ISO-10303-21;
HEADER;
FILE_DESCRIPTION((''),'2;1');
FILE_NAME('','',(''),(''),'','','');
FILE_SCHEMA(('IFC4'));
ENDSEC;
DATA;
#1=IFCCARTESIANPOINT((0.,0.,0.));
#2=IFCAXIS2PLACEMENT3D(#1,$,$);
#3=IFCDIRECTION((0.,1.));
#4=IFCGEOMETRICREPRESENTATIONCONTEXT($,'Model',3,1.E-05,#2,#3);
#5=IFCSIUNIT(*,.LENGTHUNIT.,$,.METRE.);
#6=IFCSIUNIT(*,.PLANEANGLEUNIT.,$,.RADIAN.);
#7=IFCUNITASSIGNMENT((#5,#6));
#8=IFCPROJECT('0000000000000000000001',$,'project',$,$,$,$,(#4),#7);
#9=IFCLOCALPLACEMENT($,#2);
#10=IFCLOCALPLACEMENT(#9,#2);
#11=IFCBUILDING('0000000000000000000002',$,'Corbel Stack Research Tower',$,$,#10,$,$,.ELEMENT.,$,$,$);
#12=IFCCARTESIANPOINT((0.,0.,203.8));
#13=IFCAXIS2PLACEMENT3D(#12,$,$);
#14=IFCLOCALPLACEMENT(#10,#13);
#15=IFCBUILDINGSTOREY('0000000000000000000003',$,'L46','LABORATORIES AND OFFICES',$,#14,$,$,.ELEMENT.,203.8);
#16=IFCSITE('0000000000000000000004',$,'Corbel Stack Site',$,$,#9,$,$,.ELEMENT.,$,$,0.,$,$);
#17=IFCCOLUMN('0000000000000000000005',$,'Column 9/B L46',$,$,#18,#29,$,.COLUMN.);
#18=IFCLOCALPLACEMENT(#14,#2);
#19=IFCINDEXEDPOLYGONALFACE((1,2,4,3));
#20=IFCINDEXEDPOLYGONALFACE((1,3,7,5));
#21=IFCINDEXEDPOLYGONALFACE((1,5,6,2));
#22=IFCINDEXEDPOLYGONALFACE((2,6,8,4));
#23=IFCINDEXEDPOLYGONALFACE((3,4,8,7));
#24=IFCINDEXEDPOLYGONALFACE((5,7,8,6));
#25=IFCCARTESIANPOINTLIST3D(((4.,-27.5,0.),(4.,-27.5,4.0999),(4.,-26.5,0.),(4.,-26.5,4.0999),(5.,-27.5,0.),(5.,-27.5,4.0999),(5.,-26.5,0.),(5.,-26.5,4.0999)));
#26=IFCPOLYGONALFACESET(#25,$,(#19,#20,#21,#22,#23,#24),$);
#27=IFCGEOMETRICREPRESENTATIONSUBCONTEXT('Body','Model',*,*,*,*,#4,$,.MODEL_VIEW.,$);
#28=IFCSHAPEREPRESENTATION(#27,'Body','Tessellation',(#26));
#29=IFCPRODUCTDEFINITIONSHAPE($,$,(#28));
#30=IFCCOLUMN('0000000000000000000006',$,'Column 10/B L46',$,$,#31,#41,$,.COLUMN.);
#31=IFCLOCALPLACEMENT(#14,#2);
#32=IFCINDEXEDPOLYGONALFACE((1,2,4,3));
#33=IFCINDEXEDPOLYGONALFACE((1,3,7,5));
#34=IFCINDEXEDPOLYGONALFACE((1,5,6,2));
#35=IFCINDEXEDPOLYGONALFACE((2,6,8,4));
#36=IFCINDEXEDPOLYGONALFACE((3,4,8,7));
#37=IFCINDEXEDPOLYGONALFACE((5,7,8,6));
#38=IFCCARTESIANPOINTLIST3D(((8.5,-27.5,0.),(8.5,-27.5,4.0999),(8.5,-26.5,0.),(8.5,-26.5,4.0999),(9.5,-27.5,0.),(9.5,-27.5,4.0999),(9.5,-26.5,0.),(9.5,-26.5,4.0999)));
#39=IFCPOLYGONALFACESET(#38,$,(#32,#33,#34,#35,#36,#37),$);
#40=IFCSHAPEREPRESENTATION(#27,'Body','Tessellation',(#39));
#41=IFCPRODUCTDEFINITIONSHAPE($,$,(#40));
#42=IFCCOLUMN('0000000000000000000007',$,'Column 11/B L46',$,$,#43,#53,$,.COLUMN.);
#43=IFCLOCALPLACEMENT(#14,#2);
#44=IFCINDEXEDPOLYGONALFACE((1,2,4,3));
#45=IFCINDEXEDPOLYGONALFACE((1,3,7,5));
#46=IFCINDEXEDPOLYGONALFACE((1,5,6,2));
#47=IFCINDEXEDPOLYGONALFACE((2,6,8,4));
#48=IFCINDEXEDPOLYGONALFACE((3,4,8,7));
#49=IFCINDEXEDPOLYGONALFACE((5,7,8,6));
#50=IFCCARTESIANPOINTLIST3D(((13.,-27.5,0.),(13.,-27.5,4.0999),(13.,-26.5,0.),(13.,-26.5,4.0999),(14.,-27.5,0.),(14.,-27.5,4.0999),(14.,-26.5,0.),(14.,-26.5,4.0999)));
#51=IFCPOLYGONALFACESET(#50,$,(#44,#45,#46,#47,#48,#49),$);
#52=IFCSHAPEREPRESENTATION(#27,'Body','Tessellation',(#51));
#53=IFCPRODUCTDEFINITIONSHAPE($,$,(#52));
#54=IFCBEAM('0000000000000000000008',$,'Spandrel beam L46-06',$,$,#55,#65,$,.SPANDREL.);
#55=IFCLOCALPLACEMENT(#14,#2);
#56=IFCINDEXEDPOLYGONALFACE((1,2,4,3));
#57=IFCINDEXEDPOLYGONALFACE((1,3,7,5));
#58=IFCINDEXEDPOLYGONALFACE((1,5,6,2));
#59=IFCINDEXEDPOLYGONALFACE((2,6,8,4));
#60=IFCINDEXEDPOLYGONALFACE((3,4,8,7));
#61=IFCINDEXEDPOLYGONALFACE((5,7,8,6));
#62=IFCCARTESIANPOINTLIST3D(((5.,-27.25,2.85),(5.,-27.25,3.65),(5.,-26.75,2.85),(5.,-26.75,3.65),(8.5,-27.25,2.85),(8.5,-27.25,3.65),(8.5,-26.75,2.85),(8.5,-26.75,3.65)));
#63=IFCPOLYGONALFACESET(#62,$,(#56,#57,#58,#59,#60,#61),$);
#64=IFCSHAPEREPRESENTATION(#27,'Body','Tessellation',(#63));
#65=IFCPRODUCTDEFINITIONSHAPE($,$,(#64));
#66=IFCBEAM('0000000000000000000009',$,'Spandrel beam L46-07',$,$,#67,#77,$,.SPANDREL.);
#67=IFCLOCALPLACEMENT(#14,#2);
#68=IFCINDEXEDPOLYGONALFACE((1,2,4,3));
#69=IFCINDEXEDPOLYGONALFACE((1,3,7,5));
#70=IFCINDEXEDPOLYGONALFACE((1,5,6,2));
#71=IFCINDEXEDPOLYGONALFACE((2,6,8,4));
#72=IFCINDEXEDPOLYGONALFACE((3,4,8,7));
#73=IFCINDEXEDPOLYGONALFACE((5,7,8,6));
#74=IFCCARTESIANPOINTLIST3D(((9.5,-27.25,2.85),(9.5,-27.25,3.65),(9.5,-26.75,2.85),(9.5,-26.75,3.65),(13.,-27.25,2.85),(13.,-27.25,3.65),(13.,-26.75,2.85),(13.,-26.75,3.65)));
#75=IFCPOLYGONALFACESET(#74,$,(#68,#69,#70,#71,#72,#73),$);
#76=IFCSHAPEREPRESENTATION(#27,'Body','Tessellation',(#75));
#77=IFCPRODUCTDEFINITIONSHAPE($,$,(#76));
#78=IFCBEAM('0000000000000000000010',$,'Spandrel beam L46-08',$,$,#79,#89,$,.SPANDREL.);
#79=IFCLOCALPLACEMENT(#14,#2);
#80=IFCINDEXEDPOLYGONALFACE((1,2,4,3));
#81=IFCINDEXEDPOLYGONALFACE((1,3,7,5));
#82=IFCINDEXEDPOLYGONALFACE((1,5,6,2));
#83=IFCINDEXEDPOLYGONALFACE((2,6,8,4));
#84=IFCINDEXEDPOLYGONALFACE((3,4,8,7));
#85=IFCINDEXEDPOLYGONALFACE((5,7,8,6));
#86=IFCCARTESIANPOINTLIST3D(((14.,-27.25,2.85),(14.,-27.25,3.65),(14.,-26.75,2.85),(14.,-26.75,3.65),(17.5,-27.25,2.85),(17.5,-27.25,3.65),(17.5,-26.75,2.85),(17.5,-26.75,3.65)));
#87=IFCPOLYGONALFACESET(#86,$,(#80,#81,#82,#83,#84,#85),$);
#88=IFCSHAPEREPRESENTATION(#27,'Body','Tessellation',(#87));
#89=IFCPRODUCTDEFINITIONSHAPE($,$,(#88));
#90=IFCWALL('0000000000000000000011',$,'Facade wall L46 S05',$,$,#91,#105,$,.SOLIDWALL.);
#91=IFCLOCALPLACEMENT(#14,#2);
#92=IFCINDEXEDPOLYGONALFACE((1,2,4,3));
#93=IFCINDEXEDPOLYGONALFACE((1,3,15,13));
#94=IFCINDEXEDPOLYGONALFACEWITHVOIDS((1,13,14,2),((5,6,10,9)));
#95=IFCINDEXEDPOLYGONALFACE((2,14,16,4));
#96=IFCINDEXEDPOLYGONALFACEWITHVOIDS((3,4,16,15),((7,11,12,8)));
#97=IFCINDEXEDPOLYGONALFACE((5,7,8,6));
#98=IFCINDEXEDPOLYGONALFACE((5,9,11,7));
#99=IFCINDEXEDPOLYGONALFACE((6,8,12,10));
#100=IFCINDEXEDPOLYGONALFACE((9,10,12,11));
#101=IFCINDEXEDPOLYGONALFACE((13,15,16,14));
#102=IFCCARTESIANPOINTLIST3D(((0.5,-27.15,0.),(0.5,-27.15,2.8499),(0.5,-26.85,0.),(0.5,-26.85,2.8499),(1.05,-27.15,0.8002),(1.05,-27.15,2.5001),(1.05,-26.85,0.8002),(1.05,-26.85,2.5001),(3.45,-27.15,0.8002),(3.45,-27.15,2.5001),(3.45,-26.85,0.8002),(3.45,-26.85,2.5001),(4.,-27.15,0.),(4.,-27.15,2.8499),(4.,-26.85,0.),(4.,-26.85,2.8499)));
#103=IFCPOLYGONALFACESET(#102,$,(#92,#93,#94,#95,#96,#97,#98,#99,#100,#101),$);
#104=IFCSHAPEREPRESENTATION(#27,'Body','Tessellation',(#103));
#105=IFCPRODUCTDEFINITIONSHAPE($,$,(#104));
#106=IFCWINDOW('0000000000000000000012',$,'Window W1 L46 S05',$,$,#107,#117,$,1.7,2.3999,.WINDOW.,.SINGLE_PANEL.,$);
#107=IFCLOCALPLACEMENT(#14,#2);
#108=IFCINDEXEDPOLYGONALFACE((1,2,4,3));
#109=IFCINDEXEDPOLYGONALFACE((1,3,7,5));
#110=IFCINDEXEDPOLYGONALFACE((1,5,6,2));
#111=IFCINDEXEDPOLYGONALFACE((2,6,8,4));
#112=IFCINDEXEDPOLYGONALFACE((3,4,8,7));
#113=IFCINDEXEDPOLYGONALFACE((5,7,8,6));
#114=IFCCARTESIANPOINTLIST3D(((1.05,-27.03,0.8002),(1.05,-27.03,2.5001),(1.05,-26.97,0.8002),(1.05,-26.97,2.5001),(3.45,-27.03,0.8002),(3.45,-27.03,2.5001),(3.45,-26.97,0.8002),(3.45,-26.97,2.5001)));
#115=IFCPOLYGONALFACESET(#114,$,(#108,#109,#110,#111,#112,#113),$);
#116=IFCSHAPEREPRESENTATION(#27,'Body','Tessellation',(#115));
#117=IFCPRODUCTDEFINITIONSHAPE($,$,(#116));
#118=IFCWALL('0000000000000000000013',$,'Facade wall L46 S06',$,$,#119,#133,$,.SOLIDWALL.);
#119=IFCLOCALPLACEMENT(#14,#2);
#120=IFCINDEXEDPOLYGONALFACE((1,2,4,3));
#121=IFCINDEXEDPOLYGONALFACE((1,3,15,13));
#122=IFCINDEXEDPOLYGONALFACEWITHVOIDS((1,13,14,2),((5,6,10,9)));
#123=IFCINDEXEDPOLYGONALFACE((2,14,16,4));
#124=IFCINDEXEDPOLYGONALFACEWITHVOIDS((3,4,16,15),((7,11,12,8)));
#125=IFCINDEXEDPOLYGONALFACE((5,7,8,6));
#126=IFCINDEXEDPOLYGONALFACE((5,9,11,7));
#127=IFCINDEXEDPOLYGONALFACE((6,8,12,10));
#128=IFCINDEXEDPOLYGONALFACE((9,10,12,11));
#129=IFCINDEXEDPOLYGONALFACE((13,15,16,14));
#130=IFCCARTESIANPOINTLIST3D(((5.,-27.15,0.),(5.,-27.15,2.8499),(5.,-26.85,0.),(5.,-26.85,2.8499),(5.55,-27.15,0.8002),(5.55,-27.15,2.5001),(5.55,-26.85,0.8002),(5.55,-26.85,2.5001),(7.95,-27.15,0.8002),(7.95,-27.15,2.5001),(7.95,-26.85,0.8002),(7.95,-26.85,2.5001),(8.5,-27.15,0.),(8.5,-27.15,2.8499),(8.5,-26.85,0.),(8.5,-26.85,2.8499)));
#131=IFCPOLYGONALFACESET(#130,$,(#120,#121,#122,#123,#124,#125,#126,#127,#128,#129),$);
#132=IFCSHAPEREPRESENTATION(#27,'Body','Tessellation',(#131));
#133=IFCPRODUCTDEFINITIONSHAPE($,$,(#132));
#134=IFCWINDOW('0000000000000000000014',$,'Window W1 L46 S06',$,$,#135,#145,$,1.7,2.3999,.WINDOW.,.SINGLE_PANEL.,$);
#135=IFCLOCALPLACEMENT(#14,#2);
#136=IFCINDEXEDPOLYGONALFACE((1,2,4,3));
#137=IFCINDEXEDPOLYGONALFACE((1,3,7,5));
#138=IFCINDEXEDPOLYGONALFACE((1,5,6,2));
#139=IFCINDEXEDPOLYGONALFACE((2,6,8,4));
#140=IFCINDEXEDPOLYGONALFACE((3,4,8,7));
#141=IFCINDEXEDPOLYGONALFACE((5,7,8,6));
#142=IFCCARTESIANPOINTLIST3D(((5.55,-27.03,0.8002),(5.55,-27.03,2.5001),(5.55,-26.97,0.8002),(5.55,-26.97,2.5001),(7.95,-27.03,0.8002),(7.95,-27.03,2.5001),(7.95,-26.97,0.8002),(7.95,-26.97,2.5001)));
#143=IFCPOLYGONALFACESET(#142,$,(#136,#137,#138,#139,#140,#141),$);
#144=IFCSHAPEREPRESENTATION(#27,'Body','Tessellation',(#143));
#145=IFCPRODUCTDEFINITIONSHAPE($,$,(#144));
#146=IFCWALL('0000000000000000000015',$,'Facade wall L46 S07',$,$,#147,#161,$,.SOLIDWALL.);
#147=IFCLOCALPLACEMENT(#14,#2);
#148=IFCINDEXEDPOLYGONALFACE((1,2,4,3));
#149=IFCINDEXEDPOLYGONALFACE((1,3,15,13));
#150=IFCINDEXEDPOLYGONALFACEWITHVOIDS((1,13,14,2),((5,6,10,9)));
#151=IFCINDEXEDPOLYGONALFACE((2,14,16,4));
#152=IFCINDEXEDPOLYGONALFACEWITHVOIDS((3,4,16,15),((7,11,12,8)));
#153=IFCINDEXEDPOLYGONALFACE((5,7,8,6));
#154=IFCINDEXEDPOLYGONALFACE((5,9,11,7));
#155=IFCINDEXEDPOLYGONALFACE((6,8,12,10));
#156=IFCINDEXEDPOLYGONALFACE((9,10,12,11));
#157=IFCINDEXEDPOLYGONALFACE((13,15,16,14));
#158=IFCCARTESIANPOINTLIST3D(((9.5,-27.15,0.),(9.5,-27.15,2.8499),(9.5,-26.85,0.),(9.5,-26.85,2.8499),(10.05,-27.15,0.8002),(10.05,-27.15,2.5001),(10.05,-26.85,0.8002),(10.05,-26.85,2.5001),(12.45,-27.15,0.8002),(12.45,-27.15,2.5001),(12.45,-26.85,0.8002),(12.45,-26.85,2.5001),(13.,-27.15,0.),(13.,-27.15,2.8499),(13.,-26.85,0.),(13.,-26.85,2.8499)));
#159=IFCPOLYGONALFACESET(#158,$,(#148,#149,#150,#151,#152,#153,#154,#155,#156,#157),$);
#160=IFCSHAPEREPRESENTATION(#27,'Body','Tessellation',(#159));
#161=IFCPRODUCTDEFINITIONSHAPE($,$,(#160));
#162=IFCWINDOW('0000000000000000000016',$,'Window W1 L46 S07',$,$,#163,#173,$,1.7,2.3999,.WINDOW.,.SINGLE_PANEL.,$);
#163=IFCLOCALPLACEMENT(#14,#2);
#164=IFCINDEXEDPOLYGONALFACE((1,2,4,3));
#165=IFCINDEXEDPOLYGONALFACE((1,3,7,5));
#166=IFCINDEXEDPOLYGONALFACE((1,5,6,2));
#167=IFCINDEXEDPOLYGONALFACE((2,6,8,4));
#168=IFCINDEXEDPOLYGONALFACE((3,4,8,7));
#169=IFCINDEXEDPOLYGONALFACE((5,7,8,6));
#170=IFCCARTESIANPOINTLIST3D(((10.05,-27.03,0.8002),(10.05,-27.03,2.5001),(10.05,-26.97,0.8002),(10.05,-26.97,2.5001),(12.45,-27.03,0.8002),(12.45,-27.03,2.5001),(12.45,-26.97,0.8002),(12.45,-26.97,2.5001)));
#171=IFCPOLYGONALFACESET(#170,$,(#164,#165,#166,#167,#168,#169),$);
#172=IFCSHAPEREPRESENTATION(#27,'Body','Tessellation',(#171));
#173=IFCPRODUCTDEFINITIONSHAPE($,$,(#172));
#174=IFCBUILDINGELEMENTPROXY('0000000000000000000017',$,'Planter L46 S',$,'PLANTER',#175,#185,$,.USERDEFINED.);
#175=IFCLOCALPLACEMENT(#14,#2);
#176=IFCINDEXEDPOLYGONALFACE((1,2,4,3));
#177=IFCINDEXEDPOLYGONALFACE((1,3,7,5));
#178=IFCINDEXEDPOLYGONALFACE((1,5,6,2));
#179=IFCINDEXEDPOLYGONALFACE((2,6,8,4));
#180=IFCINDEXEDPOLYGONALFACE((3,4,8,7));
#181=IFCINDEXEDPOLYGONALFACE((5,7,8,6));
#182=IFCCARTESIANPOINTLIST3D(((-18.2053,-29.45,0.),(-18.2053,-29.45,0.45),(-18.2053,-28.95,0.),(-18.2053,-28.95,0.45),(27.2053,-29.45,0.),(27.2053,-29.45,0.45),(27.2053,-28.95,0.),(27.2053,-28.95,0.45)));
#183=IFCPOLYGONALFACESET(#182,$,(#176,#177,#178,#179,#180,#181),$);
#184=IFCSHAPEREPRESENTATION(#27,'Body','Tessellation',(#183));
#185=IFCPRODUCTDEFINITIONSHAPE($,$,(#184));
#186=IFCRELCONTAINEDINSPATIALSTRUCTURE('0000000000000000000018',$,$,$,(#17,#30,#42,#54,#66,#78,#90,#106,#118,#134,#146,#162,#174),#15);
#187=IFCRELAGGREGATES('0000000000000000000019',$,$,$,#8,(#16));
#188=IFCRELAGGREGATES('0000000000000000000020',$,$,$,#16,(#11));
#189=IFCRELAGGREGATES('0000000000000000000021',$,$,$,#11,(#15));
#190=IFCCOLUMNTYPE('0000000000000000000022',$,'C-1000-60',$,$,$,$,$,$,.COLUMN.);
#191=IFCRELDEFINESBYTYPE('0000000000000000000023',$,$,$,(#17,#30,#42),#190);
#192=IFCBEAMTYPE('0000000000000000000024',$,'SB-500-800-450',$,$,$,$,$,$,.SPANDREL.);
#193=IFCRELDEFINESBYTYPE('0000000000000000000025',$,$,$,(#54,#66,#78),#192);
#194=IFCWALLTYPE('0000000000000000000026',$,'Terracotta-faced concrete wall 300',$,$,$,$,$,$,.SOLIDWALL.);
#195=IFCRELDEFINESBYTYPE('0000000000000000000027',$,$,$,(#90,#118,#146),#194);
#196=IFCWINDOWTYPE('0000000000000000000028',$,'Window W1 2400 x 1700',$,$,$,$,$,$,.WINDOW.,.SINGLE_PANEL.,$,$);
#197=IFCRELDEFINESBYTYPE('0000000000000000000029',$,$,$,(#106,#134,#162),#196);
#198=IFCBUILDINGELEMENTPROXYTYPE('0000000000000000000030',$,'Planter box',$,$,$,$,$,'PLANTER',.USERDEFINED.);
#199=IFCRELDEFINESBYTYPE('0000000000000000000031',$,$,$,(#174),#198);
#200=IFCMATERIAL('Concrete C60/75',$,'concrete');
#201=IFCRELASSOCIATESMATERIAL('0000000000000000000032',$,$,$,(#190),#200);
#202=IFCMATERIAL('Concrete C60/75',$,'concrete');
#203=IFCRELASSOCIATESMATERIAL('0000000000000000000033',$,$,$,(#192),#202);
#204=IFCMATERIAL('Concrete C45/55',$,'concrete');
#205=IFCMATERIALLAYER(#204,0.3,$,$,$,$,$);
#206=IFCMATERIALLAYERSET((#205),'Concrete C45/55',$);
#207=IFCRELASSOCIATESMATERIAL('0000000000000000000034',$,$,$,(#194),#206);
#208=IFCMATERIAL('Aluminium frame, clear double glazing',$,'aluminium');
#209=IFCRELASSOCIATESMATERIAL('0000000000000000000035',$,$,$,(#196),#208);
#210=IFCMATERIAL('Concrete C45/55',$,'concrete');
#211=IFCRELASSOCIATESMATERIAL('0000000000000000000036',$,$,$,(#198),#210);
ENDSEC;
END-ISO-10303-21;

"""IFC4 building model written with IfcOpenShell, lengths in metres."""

from ifc_helpers import new_model, si_unit, direction, frame, frame_2d, origin, origin_2d, place, context, subcontext, project, spatial, rectangle, extrude, material, layer, layer_set, material_profile, profile_set, type_object, element, fill, save


model = new_model("IFC4")

# Units and contexts
model_context = context("Model", 3, precision=1e-05, world=origin(), true_north=direction((0.0, 1.0)))
body_context = subcontext(model_context, "Body", "Model", "MODEL_VIEW")
ifc_project = project(units=[si_unit("LENGTHUNIT", "METRE"), si_unit("PLANEANGLEUNIT", "RADIAN")], contexts=[model_context])

# Site, building, storey
site_placement = place(None, origin())
site = spatial("IfcSite", under=ifc_project, at=site_placement, Name="Corbel Stack Site", CompositionType="ELEMENT", RefElevation=0.0)
building_placement = place(site_placement, origin())
building = spatial("IfcBuilding", under=site, at=building_placement, Name="Corbel Stack Research Tower", CompositionType="ELEMENT")
storey_placement = place(building_placement, frame((0.0, 0.0, 203.8)))
storey = spatial("IfcBuildingStorey", under=building, at=storey_placement, Name="L46", Description="LABORATORIES AND OFFICES", CompositionType="ELEMENT", Elevation=203.8)

# Columns
ifc_material_1 = material(Name="Concrete C60/75", Category="concrete")
ifc_material_profile_1 = material_profile(ifc_material_1, rectangle(XDim=1.0, YDim=1.0, at=origin_2d()), Name="RC 1000 x 1000")
ifc_profile_set_1 = profile_set([ifc_material_profile_1], Name="Concrete C60/75")
column_type = type_object("IfcColumnType", Name="C-1000-60", PredefinedType="COLUMN", material=ifc_profile_set_1)
for number, where, z_axis, x_axis, name in (
    (1, (4.5, -27.0, 0.0), (0.0, 0.0, 1.0), (1.0, 0.0, 0.0), "Column 9/B L46"),
    (2, (9.0, -27.0, 0.0), (0.0, 0.0, 1.0), (1.0, 0.0, 0.0), "Column 10/B L46"),
    (3, (13.5, -27.0, 0.0), (0.0, 0.0, 1.0), (1.0, 0.0, 0.0), "Column 11/B L46"),
):
    element("IfcColumn", number, at=place(storey_placement, frame(where, z_axis=z_axis, x_axis=x_axis)), inside=storey, type_object=column_type, Name=name, PredefinedType="COLUMN", context=body_context, shape_type="SweptSolid", body=[
        extrude(rectangle(XDim=1.0, YDim=1.0, at=origin_2d()), origin(), (0.0, 0.0, 1.0), 4.0999),
    ])

# Beams
ifc_material_2 = material(Name="Concrete C60/75", Category="concrete")
ifc_material_profile_2 = material_profile(ifc_material_2, rectangle(XDim=0.5, YDim=0.8, at=origin_2d()), Name="RC 500 x 800")
ifc_profile_set_2 = profile_set([ifc_material_profile_2], Name="Concrete C60/75")
beam_type = type_object("IfcBeamType", Name="SB-500-800-450", PredefinedType="SPANDREL", material=ifc_profile_set_2)
for number, where, z_axis, x_axis, name in (
    (4, (5.0, -27.0, 3.25), (1.0, 0.0, 0.0), (0.0, 1.0, 0.0), "Spandrel beam L46-06"),
    (5, (9.5, -27.0, 3.25), (1.0, 0.0, 0.0), (0.0, 1.0, 0.0), "Spandrel beam L46-07"),
    (6, (14.0, -27.0, 3.25), (1.0, 0.0, 0.0), (0.0, 1.0, 0.0), "Spandrel beam L46-08"),
):
    element("IfcBeam", number, at=place(storey_placement, frame(where, z_axis=z_axis, x_axis=x_axis)), inside=storey, type_object=beam_type, Name=name, PredefinedType="SPANDREL", context=body_context, shape_type="SweptSolid", body=[
        extrude(rectangle(XDim=0.5, YDim=0.8, at=origin_2d()), origin(), (0.0, 0.0, 1.0), 3.5),
    ])

# Walls, openings, windows
ifc_material_3 = material(Name="Concrete C45/55", Category="concrete")
ifc_layer = layer(ifc_material_3, 0.3)
ifc_layer_set = layer_set([ifc_layer], Name="Concrete C45/55")
wall_type = type_object("IfcWallType", Name="Terracotta-faced concrete wall 300", PredefinedType="SOLIDWALL", material=ifc_layer_set)
wall_1_placement = place(storey_placement, frame((4.0, -27.0, 0.0), z_axis=(0.0, 0.0, 1.0), x_axis=(-1.0, 0.0, 0.0)))
wall_1 = element("IfcWall", 7, at=wall_1_placement, inside=storey, type_object=wall_type, Name="Facade wall L46 S05", PredefinedType="SOLIDWALL", context=body_context, shape_type="SweptSolid", body=[
    extrude(rectangle(XDim=3.5, YDim=0.3, at=frame_2d((1.75, 0.0))), origin(), (0.0, 0.0, 1.0), 2.8499),
])
opening_1_placement = place(wall_1_placement, frame((0.55, 0.0, 0.8)))
opening_1 = element("IfcOpeningElement", 8, at=opening_1_placement, cuts=wall_1, PredefinedType="OPENING", context=body_context, shape_type="SweptSolid", body=[
    extrude(rectangle(XDim=2.3999, YDim=1.7, at=frame_2d((1.2, 0.8501))), frame((0.0, 0.1599, 0.0), z_axis=(0.0, -1.0, 0.0), x_axis=(1.0, 0.0, 0.0)), (0.0, 0.0, 1.0), 0.3201),
])
ifc_material_4 = material(Name="Aluminium frame, clear double glazing", Category="aluminium")
window_type = type_object("IfcWindowType", Name="Window W1 2400 x 1700", PartitioningType="SINGLE_PANEL", PredefinedType="WINDOW", material=ifc_material_4)
window_1_placement = place(opening_1_placement, origin())
window_1 = element("IfcWindow", 9, at=window_1_placement, inside=storey, type_object=window_type, Name="Window W1 L46 S05", OverallHeight=1.7, OverallWidth=2.3999, PartitioningType="SINGLE_PANEL", PredefinedType="WINDOW", context=body_context, shape_type="SweptSolid", body=[
    extrude(rectangle(XDim=2.3999, YDim=1.7, at=frame_2d((1.2, 0.8501))), frame((0.0, 0.03, 0.0), z_axis=(0.0, -1.0, 0.0), x_axis=(1.0, 0.0, 0.0)), (0.0, 0.0, 1.0), 0.0601),
])
fill(opening_1, window_1)
wall_2_placement = place(storey_placement, frame((8.5, -27.0, 0.0), z_axis=(0.0, 0.0, 1.0), x_axis=(-1.0, 0.0, 0.0)))
wall_2 = element("IfcWall", 10, at=wall_2_placement, inside=storey, type_object=wall_type, Name="Facade wall L46 S06", PredefinedType="SOLIDWALL", context=body_context, shape_type="SweptSolid", body=[
    extrude(rectangle(XDim=3.5, YDim=0.3, at=frame_2d((1.75, 0.0))), origin(), (0.0, 0.0, 1.0), 2.8499),
])
opening_2_placement = place(wall_2_placement, frame((0.55, 0.0, 0.8)))
opening_2 = element("IfcOpeningElement", 11, at=opening_2_placement, cuts=wall_2, PredefinedType="OPENING", context=body_context, shape_type="SweptSolid", body=[
    extrude(rectangle(XDim=2.3999, YDim=1.7, at=frame_2d((1.2, 0.8501))), frame((0.0, 0.1599, 0.0), z_axis=(0.0, -1.0, 0.0), x_axis=(1.0, 0.0, 0.0)), (0.0, 0.0, 1.0), 0.3201),
])
window_2_placement = place(opening_2_placement, origin())
window_2 = element("IfcWindow", 12, at=window_2_placement, inside=storey, type_object=window_type, Name="Window W1 L46 S06", OverallHeight=1.7, OverallWidth=2.3999, PartitioningType="SINGLE_PANEL", PredefinedType="WINDOW", context=body_context, shape_type="SweptSolid", body=[
    extrude(rectangle(XDim=2.3999, YDim=1.7, at=frame_2d((1.2, 0.8501))), frame((0.0, 0.03, 0.0), z_axis=(0.0, -1.0, 0.0), x_axis=(1.0, 0.0, 0.0)), (0.0, 0.0, 1.0), 0.0601),
])
fill(opening_2, window_2)
wall_3_placement = place(storey_placement, frame((13.0, -27.0, 0.0), z_axis=(0.0, 0.0, 1.0), x_axis=(-1.0, 0.0, 0.0)))
wall_3 = element("IfcWall", 13, at=wall_3_placement, inside=storey, type_object=wall_type, Name="Facade wall L46 S07", PredefinedType="SOLIDWALL", context=body_context, shape_type="SweptSolid", body=[
    extrude(rectangle(XDim=3.5, YDim=0.3, at=frame_2d((1.75, 0.0))), origin(), (0.0, 0.0, 1.0), 2.8499),
])
opening_3_placement = place(wall_3_placement, frame((0.55, 0.0, 0.8)))
opening_3 = element("IfcOpeningElement", 14, at=opening_3_placement, cuts=wall_3, PredefinedType="OPENING", context=body_context, shape_type="SweptSolid", body=[
    extrude(rectangle(XDim=2.3999, YDim=1.7, at=frame_2d((1.2, 0.8501))), frame((0.0, 0.1599, 0.0), z_axis=(0.0, -1.0, 0.0), x_axis=(1.0, 0.0, 0.0)), (0.0, 0.0, 1.0), 0.3201),
])
window_3_placement = place(opening_3_placement, origin())
window_3 = element("IfcWindow", 15, at=window_3_placement, inside=storey, type_object=window_type, Name="Window W1 L46 S07", OverallHeight=1.7, OverallWidth=2.3999, PartitioningType="SINGLE_PANEL", PredefinedType="WINDOW", context=body_context, shape_type="SweptSolid", body=[
    extrude(rectangle(XDim=2.3999, YDim=1.7, at=frame_2d((1.2, 0.8501))), frame((0.0, 0.03, 0.0), z_axis=(0.0, -1.0, 0.0), x_axis=(1.0, 0.0, 0.0)), (0.0, 0.0, 1.0), 0.0601),
])
fill(opening_3, window_3)

# Building element proxy
ifc_material_5 = material(Name="Concrete C45/55", Category="concrete")
building_element_proxy_type = type_object("IfcBuildingElementProxyType", Name="Planter box", ElementType="PLANTER", PredefinedType="USERDEFINED", material=ifc_material_5)
proxy_placement = place(storey_placement, frame((4.5, -29.2, 0.0), z_axis=(0.0, 0.0, 1.0), x_axis=(1.0, 0.0, 0.0)))
element("IfcBuildingElementProxy", 16, at=proxy_placement, inside=storey, type_object=building_element_proxy_type, Name="Planter L46 S", ObjectType="PLANTER", PredefinedType="USERDEFINED", context=body_context, shape_type="SweptSolid", body=[
    extrude(rectangle(XDim=45.4106, YDim=0.5, at=origin_2d()), origin(), (0.0, 0.0, 1.0), 0.45),
])

save(model, "model.ifc")
